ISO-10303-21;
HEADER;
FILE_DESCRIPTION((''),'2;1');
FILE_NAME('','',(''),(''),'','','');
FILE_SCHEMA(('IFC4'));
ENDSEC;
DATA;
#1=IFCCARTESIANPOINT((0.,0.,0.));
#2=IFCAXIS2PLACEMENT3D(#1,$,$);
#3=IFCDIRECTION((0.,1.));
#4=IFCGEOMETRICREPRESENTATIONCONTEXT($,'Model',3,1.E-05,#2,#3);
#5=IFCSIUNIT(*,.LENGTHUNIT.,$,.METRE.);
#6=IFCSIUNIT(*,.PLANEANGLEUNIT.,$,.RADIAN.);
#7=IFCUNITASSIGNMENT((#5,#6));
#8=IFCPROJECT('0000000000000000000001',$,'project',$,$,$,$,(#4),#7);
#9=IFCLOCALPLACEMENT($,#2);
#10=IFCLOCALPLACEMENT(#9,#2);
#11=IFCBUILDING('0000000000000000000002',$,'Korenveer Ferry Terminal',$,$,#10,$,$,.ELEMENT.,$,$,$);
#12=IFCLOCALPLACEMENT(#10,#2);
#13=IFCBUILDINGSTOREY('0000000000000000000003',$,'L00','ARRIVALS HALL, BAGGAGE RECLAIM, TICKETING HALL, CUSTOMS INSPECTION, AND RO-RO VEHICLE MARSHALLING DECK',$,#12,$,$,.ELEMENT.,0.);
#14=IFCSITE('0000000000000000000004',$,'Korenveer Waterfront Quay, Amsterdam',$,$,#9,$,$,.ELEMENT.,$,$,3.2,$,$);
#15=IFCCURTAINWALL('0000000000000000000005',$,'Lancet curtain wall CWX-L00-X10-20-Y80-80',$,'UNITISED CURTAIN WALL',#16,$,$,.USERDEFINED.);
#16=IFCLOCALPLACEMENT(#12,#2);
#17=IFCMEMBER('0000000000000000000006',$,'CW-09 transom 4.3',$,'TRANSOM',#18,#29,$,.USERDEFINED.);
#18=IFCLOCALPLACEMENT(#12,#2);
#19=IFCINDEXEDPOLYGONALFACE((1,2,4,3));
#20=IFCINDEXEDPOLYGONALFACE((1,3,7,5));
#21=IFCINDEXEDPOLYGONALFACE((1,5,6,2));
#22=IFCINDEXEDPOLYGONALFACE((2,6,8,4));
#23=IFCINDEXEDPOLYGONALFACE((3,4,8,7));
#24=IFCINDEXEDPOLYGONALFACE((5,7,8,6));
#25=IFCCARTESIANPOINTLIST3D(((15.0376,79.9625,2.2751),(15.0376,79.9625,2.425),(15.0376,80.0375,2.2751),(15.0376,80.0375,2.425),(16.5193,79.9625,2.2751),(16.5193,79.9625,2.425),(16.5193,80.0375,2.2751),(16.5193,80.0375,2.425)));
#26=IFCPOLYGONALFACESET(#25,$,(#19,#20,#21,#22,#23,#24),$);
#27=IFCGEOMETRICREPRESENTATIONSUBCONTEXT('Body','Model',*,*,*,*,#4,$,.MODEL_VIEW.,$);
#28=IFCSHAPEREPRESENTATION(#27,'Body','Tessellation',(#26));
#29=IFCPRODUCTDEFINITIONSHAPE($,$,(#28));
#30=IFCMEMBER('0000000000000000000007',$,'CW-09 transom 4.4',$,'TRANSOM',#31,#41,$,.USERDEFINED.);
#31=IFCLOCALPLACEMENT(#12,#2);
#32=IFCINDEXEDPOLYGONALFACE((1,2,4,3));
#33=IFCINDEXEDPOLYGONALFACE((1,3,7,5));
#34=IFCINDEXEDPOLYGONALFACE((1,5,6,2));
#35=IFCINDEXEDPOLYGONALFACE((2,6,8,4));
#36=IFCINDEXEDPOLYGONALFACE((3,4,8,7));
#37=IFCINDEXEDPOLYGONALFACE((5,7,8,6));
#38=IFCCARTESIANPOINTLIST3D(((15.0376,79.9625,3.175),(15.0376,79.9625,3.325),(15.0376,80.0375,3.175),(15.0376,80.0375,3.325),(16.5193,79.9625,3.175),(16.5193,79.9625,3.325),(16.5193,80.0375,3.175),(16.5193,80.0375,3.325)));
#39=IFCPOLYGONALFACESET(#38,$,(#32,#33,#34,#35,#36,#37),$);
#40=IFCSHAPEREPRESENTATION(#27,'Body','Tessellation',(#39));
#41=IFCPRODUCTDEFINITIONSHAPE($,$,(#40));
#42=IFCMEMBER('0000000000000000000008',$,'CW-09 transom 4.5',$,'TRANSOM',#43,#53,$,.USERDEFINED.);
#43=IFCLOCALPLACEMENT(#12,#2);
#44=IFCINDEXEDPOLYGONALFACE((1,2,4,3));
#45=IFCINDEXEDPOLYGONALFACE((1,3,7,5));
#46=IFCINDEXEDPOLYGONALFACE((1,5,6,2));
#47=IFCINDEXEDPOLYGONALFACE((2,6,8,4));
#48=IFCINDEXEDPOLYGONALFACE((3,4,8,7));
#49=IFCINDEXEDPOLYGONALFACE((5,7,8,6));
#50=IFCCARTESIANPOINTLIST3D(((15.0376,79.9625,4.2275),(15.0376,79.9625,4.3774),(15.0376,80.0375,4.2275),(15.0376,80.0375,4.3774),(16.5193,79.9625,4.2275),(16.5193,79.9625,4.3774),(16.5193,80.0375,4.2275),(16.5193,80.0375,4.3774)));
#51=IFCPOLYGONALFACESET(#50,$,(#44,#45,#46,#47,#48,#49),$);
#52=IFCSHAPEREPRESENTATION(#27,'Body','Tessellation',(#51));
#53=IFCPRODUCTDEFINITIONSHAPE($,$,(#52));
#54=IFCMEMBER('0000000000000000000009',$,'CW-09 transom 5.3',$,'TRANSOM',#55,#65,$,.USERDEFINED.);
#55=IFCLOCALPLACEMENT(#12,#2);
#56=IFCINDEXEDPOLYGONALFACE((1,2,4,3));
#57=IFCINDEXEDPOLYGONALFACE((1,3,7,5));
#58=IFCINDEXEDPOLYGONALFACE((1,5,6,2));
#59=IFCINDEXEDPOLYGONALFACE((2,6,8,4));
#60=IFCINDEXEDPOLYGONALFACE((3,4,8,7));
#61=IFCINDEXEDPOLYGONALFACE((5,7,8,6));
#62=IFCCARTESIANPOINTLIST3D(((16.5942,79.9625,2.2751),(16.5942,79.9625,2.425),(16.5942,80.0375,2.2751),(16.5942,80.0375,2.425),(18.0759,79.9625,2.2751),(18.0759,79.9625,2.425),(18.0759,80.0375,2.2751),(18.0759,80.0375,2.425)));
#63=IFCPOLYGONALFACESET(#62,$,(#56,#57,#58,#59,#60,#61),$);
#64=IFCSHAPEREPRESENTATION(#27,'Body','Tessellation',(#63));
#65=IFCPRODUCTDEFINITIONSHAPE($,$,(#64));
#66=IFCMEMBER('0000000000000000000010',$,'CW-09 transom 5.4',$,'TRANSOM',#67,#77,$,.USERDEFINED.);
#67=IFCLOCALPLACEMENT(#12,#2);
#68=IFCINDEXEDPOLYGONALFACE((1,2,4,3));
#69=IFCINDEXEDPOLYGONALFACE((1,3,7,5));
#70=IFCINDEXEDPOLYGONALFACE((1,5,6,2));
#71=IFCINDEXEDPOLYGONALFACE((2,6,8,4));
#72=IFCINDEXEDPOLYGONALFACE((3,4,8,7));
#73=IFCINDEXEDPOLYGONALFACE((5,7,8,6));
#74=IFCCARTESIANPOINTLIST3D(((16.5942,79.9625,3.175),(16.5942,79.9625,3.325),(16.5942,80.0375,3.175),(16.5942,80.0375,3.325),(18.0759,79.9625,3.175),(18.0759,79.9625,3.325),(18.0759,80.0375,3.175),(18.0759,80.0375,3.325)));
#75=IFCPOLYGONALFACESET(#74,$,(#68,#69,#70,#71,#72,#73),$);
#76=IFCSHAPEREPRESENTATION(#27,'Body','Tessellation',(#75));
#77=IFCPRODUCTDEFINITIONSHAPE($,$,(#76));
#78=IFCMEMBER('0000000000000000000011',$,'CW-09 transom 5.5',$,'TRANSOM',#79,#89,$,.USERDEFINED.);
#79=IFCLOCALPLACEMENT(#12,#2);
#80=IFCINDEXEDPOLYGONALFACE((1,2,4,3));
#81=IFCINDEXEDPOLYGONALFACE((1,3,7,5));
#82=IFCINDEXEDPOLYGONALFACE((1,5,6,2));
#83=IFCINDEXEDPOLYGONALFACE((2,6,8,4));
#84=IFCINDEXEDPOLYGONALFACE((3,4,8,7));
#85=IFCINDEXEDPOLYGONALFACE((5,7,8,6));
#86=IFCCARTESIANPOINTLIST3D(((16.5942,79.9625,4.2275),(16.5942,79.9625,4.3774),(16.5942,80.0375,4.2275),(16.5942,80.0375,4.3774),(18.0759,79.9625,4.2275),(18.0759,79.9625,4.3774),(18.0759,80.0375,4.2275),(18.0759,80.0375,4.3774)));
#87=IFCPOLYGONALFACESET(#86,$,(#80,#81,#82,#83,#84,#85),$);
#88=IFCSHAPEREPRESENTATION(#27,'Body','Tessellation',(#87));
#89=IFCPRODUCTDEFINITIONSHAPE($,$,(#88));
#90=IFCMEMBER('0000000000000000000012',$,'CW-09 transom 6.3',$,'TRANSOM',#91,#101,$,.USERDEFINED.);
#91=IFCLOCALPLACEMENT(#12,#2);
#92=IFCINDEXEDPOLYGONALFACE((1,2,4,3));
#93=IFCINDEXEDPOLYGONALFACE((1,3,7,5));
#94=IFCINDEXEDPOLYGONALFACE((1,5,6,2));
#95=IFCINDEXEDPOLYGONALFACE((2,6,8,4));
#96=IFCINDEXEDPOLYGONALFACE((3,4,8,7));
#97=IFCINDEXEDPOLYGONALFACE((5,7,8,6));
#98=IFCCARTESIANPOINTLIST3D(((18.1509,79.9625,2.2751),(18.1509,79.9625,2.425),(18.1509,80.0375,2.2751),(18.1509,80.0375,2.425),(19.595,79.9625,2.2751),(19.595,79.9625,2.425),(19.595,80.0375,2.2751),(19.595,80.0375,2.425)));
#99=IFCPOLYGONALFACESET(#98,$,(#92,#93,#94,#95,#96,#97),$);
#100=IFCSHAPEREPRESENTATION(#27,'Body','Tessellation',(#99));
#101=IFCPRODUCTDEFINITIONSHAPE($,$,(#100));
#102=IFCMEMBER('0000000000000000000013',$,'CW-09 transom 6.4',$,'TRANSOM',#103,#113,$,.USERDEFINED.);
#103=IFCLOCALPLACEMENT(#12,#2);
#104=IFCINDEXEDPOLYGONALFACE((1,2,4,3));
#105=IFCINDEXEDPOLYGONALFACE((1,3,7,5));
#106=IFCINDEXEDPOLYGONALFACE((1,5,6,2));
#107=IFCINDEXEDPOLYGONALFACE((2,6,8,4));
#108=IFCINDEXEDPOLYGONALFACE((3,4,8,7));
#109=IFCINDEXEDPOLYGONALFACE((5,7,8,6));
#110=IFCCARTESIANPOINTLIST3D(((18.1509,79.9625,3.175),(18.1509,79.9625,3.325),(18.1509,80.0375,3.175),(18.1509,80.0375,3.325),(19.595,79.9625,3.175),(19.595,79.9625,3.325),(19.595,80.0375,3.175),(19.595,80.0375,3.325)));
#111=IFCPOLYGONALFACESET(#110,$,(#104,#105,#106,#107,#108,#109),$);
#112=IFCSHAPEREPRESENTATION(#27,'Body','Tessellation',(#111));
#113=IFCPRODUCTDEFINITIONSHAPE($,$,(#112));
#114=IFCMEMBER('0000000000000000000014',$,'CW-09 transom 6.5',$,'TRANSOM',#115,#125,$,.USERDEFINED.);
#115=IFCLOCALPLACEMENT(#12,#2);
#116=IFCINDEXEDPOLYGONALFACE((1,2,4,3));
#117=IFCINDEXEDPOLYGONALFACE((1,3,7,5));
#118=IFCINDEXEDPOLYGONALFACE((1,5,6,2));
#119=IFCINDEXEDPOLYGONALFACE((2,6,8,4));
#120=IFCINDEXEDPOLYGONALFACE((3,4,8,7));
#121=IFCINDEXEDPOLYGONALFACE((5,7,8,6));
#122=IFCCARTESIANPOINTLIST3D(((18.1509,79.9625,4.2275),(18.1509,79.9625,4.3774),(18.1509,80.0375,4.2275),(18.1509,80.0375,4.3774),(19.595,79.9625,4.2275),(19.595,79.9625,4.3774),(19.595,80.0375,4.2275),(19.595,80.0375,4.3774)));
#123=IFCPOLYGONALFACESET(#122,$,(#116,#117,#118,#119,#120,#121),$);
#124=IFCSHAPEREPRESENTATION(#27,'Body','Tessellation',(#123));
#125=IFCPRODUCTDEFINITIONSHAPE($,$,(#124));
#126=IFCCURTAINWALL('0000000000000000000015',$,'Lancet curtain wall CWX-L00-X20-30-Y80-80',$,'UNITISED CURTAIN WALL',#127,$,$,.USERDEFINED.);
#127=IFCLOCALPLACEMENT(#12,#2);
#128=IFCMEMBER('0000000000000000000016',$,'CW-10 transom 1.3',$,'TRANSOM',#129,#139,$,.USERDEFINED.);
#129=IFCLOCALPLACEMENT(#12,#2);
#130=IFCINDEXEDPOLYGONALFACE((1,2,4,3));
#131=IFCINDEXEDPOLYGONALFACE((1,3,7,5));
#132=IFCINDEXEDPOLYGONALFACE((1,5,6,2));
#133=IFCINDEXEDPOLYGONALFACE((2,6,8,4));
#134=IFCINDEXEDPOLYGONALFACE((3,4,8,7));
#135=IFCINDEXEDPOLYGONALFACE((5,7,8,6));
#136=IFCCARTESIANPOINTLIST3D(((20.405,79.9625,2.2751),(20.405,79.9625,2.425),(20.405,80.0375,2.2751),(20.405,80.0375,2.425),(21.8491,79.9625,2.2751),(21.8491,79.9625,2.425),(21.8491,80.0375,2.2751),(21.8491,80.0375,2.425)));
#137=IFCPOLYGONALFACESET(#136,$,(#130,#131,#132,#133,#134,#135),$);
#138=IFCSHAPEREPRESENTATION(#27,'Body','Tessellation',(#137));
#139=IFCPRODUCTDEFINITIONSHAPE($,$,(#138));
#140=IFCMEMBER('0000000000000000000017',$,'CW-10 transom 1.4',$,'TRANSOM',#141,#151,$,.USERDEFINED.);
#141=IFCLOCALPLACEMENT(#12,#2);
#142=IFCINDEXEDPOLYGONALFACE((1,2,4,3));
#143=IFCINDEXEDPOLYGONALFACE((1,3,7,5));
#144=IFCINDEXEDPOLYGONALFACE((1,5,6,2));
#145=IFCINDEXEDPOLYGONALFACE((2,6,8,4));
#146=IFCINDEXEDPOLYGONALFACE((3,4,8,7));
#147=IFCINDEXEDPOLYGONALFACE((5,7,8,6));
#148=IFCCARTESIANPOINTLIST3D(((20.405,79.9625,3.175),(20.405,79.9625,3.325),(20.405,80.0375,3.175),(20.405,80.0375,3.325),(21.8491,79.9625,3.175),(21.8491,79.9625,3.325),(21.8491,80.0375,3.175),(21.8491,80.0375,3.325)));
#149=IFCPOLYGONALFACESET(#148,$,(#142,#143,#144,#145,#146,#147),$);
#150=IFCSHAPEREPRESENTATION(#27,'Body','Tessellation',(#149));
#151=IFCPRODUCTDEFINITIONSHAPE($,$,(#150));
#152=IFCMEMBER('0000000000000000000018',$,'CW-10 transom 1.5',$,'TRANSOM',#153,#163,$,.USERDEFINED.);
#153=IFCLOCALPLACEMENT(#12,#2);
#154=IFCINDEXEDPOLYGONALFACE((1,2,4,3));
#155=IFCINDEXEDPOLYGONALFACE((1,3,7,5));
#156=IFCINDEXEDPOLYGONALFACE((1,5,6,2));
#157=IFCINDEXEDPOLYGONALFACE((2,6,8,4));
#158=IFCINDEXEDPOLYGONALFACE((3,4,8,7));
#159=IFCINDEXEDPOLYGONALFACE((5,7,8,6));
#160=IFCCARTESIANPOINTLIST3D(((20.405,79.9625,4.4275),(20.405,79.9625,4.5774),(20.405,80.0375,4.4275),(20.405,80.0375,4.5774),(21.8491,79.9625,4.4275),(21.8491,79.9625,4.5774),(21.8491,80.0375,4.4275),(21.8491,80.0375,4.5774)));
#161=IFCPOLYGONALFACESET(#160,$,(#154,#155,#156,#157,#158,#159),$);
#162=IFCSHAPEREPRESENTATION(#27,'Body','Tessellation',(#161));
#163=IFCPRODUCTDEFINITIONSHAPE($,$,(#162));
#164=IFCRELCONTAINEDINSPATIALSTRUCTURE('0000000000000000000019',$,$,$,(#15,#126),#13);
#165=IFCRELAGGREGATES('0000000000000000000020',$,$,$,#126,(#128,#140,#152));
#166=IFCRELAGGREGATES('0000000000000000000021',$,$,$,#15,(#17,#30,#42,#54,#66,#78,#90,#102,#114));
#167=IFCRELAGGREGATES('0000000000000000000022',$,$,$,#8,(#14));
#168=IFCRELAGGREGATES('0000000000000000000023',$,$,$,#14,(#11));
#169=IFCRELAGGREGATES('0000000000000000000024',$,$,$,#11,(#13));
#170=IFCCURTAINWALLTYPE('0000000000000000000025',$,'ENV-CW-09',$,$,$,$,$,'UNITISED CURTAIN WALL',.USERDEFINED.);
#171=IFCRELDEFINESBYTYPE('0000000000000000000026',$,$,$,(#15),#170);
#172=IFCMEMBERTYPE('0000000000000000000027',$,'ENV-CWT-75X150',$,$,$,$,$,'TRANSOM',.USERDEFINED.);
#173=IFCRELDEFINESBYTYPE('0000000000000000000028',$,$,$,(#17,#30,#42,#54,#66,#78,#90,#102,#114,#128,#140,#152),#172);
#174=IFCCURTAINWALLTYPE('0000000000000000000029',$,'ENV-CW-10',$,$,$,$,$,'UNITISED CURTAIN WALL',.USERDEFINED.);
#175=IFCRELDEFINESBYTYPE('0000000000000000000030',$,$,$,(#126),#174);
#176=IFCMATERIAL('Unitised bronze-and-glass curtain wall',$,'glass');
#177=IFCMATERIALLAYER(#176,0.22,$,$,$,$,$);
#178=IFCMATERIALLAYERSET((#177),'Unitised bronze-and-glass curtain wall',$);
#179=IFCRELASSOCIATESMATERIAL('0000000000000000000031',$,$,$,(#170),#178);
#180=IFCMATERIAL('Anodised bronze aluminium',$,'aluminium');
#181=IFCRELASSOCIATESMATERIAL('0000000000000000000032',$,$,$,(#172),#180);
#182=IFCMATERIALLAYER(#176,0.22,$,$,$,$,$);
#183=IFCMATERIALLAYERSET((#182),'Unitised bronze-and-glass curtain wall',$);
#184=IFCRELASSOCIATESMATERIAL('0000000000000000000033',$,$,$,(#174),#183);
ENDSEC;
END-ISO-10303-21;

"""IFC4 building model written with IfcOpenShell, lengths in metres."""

from ifc_helpers import new_model, si_unit, direction, frame, origin, origin_2d, place, context, subcontext, project, spatial, rectangle, extrude, material, layer, layer_set, material_profile, profile_set, type_object, element, aggregate, save


model = new_model("IFC4")

# Units and contexts
model_context = context("Model", 3, precision=1e-05, world=origin(), true_north=direction((0.0, 1.0)))
body_context = subcontext(model_context, "Body", "Model", "MODEL_VIEW")
ifc_project = project(units=[si_unit("LENGTHUNIT", "METRE"), si_unit("PLANEANGLEUNIT", "RADIAN")], contexts=[model_context])

# Site, building, storey
site_placement = place(None, origin())
site = spatial("IfcSite", under=ifc_project, at=site_placement, Name="Korenveer Waterfront Quay, Amsterdam", CompositionType="ELEMENT", RefElevation=3.2)
building_placement = place(site_placement, origin())
building = spatial("IfcBuilding", under=site, at=building_placement, Name="Korenveer Ferry Terminal", CompositionType="ELEMENT")
storey_placement = place(building_placement, origin())
storey = spatial("IfcBuildingStorey", under=building, at=storey_placement, Name="L00", Description="ARRIVALS HALL, BAGGAGE RECLAIM, TICKETING HALL, CUSTOMS INSPECTION, AND RO-RO VEHICLE MARSHALLING DECK", CompositionType="ELEMENT", Elevation=0.0)

# Curtain walls, members
ifc_material_1 = material(Name="Unitised bronze-and-glass curtain wall", Category="glass")
ifc_layer_1 = layer(ifc_material_1, 0.22)
ifc_layer_set_1 = layer_set([ifc_layer_1], Name="Unitised bronze-and-glass curtain wall")
curtain_wall_type_1 = type_object("IfcCurtainWallType", Name="ENV-CW-09", ElementType="UNITISED CURTAIN WALL", PredefinedType="USERDEFINED", material=ifc_layer_set_1)
curtain_wall_1_placement = place(storey_placement, frame((10.3301, 80.0, 0.0)))
curtain_wall_1 = element("IfcCurtainWall", 1, at=curtain_wall_1_placement, inside=storey, type_object=curtain_wall_type_1, Name="Lancet curtain wall CWX-L00-X10-20-Y80-80", ObjectType="UNITISED CURTAIN WALL", PredefinedType="USERDEFINED")
ifc_material_2 = material(Name="Anodised bronze aluminium", Category="aluminium")
ifc_material_profile_1 = material_profile(ifc_material_2, rectangle(XDim=0.075, YDim=0.1499, at=origin_2d()), Name="ALU 75x150")
ifc_profile_set_1 = profile_set([ifc_material_profile_1], Name="Anodised bronze aluminium")
member_type = type_object("IfcMemberType", Name="ENV-CWT-75X150", ElementType="TRANSOM", PredefinedType="USERDEFINED", material=ifc_profile_set_1)
member_1_placement = place(storey_placement, frame((15.0376, 80.0, 2.3501), z_axis=(1.0, 0.0, 0.0), x_axis=(0.0, 1.0, 0.0)))
member_1 = element("IfcMember", 2, at=member_1_placement, type_object=member_type, Name="CW-09 transom 4.3", ObjectType="TRANSOM", PredefinedType="USERDEFINED", context=body_context, shape_type="SweptSolid", body=[
    extrude(rectangle(XDim=0.075, YDim=0.1499, at=origin_2d()), origin(), (0.0, 0.0, 1.0), 1.4817),
])
member_2_placement = place(storey_placement, frame((15.0376, 80.0, 3.25), z_axis=(1.0, 0.0, 0.0), x_axis=(0.0, 1.0, 0.0)))
member_2 = element("IfcMember", 3, at=member_2_placement, type_object=member_type, Name="CW-09 transom 4.4", ObjectType="TRANSOM", PredefinedType="USERDEFINED", context=body_context, shape_type="SweptSolid", body=[
    extrude(rectangle(XDim=0.075, YDim=0.1499, at=origin_2d()), origin(), (0.0, 0.0, 1.0), 1.4817),
])
member_3_placement = place(storey_placement, frame((15.0376, 80.0, 4.3025), z_axis=(1.0, 0.0, 0.0), x_axis=(0.0, 1.0, 0.0)))
member_3 = element("IfcMember", 4, at=member_3_placement, type_object=member_type, Name="CW-09 transom 4.5", ObjectType="TRANSOM", PredefinedType="USERDEFINED", context=body_context, shape_type="SweptSolid", body=[
    extrude(rectangle(XDim=0.075, YDim=0.1499, at=origin_2d()), origin(), (0.0, 0.0, 1.0), 1.4817),
])
member_4_placement = place(storey_placement, frame((16.5942, 80.0, 2.3501), z_axis=(1.0, 0.0, 0.0), x_axis=(0.0, 1.0, 0.0)))
member_4 = element("IfcMember", 5, at=member_4_placement, type_object=member_type, Name="CW-09 transom 5.3", ObjectType="TRANSOM", PredefinedType="USERDEFINED", context=body_context, shape_type="SweptSolid", body=[
    extrude(rectangle(XDim=0.075, YDim=0.1499, at=origin_2d()), origin(), (0.0, 0.0, 1.0), 1.4817),
])
member_5_placement = place(storey_placement, frame((16.5942, 80.0, 3.25), z_axis=(1.0, 0.0, 0.0), x_axis=(0.0, 1.0, 0.0)))
member_5 = element("IfcMember", 6, at=member_5_placement, type_object=member_type, Name="CW-09 transom 5.4", ObjectType="TRANSOM", PredefinedType="USERDEFINED", context=body_context, shape_type="SweptSolid", body=[
    extrude(rectangle(XDim=0.075, YDim=0.1499, at=origin_2d()), origin(), (0.0, 0.0, 1.0), 1.4817),
])
member_6_placement = place(storey_placement, frame((16.5942, 80.0, 4.3025), z_axis=(1.0, 0.0, 0.0), x_axis=(0.0, 1.0, 0.0)))
member_6 = element("IfcMember", 7, at=member_6_placement, type_object=member_type, Name="CW-09 transom 5.5", ObjectType="TRANSOM", PredefinedType="USERDEFINED", context=body_context, shape_type="SweptSolid", body=[
    extrude(rectangle(XDim=0.075, YDim=0.1499, at=origin_2d()), origin(), (0.0, 0.0, 1.0), 1.4817),
])
member_7_placement = place(storey_placement, frame((18.1509, 80.0, 2.3501), z_axis=(1.0, 0.0, 0.0), x_axis=(0.0, 1.0, 0.0)))
member_7 = element("IfcMember", 8, at=member_7_placement, type_object=member_type, Name="CW-09 transom 6.3", ObjectType="TRANSOM", PredefinedType="USERDEFINED", context=body_context, shape_type="SweptSolid", body=[
    extrude(rectangle(XDim=0.075, YDim=0.1499, at=origin_2d()), origin(), (0.0, 0.0, 1.0), 1.4441),
])
member_8_placement = place(storey_placement, frame((18.1509, 80.0, 3.25), z_axis=(1.0, 0.0, 0.0), x_axis=(0.0, 1.0, 0.0)))
member_8 = element("IfcMember", 9, at=member_8_placement, type_object=member_type, Name="CW-09 transom 6.4", ObjectType="TRANSOM", PredefinedType="USERDEFINED", context=body_context, shape_type="SweptSolid", body=[
    extrude(rectangle(XDim=0.075, YDim=0.1499, at=origin_2d()), origin(), (0.0, 0.0, 1.0), 1.4441),
])
member_9_placement = place(storey_placement, frame((18.1509, 80.0, 4.3025), z_axis=(1.0, 0.0, 0.0), x_axis=(0.0, 1.0, 0.0)))
member_9 = element("IfcMember", 10, at=member_9_placement, type_object=member_type, Name="CW-09 transom 6.5", ObjectType="TRANSOM", PredefinedType="USERDEFINED", context=body_context, shape_type="SweptSolid", body=[
    extrude(rectangle(XDim=0.075, YDim=0.1499, at=origin_2d()), origin(), (0.0, 0.0, 1.0), 1.4441),
])
ifc_layer_2 = layer(ifc_material_1, 0.22)
ifc_layer_set_2 = layer_set([ifc_layer_2], Name="Unitised bronze-and-glass curtain wall")
curtain_wall_type_2 = type_object("IfcCurtainWallType", Name="ENV-CW-10", ElementType="UNITISED CURTAIN WALL", PredefinedType="USERDEFINED", material=ifc_layer_set_2)
curtain_wall_2_placement = place(storey_placement, frame((20.3301, 80.0, 0.0)))
curtain_wall_2 = element("IfcCurtainWall", 11, at=curtain_wall_2_placement, inside=storey, type_object=curtain_wall_type_2, Name="Lancet curtain wall CWX-L00-X20-30-Y80-80", ObjectType="UNITISED CURTAIN WALL", PredefinedType="USERDEFINED")
member_10_placement = place(storey_placement, frame((20.405, 80.0, 2.3501), z_axis=(1.0, 0.0, 0.0), x_axis=(0.0, 1.0, 0.0)))
member_10 = element("IfcMember", 12, at=member_10_placement, type_object=member_type, Name="CW-10 transom 1.3", ObjectType="TRANSOM", PredefinedType="USERDEFINED", context=body_context, shape_type="SweptSolid", body=[
    extrude(rectangle(XDim=0.075, YDim=0.1499, at=origin_2d()), origin(), (0.0, 0.0, 1.0), 1.4441),
])
member_11_placement = place(storey_placement, frame((20.405, 80.0, 3.25), z_axis=(1.0, 0.0, 0.0), x_axis=(0.0, 1.0, 0.0)))
member_11 = element("IfcMember", 13, at=member_11_placement, type_object=member_type, Name="CW-10 transom 1.4", ObjectType="TRANSOM", PredefinedType="USERDEFINED", context=body_context, shape_type="SweptSolid", body=[
    extrude(rectangle(XDim=0.075, YDim=0.1499, at=origin_2d()), origin(), (0.0, 0.0, 1.0), 1.4441),
])
member_12_placement = place(storey_placement, frame((20.405, 80.0, 4.5024), z_axis=(1.0, 0.0, 0.0), x_axis=(0.0, 1.0, 0.0)))
member_12 = element("IfcMember", 14, at=member_12_placement, type_object=member_type, Name="CW-10 transom 1.5", ObjectType="TRANSOM", PredefinedType="USERDEFINED", context=body_context, shape_type="SweptSolid", body=[
    extrude(rectangle(XDim=0.075, YDim=0.1499, at=origin_2d()), origin(), (0.0, 0.0, 1.0), 1.4441),
])
aggregate(curtain_wall_2, [member_10, member_11, member_12])

aggregate(curtain_wall_1, [member_1, member_2, member_3, member_4, member_5, member_6, member_7, member_8, member_9])

save(model, "model.ifc")
